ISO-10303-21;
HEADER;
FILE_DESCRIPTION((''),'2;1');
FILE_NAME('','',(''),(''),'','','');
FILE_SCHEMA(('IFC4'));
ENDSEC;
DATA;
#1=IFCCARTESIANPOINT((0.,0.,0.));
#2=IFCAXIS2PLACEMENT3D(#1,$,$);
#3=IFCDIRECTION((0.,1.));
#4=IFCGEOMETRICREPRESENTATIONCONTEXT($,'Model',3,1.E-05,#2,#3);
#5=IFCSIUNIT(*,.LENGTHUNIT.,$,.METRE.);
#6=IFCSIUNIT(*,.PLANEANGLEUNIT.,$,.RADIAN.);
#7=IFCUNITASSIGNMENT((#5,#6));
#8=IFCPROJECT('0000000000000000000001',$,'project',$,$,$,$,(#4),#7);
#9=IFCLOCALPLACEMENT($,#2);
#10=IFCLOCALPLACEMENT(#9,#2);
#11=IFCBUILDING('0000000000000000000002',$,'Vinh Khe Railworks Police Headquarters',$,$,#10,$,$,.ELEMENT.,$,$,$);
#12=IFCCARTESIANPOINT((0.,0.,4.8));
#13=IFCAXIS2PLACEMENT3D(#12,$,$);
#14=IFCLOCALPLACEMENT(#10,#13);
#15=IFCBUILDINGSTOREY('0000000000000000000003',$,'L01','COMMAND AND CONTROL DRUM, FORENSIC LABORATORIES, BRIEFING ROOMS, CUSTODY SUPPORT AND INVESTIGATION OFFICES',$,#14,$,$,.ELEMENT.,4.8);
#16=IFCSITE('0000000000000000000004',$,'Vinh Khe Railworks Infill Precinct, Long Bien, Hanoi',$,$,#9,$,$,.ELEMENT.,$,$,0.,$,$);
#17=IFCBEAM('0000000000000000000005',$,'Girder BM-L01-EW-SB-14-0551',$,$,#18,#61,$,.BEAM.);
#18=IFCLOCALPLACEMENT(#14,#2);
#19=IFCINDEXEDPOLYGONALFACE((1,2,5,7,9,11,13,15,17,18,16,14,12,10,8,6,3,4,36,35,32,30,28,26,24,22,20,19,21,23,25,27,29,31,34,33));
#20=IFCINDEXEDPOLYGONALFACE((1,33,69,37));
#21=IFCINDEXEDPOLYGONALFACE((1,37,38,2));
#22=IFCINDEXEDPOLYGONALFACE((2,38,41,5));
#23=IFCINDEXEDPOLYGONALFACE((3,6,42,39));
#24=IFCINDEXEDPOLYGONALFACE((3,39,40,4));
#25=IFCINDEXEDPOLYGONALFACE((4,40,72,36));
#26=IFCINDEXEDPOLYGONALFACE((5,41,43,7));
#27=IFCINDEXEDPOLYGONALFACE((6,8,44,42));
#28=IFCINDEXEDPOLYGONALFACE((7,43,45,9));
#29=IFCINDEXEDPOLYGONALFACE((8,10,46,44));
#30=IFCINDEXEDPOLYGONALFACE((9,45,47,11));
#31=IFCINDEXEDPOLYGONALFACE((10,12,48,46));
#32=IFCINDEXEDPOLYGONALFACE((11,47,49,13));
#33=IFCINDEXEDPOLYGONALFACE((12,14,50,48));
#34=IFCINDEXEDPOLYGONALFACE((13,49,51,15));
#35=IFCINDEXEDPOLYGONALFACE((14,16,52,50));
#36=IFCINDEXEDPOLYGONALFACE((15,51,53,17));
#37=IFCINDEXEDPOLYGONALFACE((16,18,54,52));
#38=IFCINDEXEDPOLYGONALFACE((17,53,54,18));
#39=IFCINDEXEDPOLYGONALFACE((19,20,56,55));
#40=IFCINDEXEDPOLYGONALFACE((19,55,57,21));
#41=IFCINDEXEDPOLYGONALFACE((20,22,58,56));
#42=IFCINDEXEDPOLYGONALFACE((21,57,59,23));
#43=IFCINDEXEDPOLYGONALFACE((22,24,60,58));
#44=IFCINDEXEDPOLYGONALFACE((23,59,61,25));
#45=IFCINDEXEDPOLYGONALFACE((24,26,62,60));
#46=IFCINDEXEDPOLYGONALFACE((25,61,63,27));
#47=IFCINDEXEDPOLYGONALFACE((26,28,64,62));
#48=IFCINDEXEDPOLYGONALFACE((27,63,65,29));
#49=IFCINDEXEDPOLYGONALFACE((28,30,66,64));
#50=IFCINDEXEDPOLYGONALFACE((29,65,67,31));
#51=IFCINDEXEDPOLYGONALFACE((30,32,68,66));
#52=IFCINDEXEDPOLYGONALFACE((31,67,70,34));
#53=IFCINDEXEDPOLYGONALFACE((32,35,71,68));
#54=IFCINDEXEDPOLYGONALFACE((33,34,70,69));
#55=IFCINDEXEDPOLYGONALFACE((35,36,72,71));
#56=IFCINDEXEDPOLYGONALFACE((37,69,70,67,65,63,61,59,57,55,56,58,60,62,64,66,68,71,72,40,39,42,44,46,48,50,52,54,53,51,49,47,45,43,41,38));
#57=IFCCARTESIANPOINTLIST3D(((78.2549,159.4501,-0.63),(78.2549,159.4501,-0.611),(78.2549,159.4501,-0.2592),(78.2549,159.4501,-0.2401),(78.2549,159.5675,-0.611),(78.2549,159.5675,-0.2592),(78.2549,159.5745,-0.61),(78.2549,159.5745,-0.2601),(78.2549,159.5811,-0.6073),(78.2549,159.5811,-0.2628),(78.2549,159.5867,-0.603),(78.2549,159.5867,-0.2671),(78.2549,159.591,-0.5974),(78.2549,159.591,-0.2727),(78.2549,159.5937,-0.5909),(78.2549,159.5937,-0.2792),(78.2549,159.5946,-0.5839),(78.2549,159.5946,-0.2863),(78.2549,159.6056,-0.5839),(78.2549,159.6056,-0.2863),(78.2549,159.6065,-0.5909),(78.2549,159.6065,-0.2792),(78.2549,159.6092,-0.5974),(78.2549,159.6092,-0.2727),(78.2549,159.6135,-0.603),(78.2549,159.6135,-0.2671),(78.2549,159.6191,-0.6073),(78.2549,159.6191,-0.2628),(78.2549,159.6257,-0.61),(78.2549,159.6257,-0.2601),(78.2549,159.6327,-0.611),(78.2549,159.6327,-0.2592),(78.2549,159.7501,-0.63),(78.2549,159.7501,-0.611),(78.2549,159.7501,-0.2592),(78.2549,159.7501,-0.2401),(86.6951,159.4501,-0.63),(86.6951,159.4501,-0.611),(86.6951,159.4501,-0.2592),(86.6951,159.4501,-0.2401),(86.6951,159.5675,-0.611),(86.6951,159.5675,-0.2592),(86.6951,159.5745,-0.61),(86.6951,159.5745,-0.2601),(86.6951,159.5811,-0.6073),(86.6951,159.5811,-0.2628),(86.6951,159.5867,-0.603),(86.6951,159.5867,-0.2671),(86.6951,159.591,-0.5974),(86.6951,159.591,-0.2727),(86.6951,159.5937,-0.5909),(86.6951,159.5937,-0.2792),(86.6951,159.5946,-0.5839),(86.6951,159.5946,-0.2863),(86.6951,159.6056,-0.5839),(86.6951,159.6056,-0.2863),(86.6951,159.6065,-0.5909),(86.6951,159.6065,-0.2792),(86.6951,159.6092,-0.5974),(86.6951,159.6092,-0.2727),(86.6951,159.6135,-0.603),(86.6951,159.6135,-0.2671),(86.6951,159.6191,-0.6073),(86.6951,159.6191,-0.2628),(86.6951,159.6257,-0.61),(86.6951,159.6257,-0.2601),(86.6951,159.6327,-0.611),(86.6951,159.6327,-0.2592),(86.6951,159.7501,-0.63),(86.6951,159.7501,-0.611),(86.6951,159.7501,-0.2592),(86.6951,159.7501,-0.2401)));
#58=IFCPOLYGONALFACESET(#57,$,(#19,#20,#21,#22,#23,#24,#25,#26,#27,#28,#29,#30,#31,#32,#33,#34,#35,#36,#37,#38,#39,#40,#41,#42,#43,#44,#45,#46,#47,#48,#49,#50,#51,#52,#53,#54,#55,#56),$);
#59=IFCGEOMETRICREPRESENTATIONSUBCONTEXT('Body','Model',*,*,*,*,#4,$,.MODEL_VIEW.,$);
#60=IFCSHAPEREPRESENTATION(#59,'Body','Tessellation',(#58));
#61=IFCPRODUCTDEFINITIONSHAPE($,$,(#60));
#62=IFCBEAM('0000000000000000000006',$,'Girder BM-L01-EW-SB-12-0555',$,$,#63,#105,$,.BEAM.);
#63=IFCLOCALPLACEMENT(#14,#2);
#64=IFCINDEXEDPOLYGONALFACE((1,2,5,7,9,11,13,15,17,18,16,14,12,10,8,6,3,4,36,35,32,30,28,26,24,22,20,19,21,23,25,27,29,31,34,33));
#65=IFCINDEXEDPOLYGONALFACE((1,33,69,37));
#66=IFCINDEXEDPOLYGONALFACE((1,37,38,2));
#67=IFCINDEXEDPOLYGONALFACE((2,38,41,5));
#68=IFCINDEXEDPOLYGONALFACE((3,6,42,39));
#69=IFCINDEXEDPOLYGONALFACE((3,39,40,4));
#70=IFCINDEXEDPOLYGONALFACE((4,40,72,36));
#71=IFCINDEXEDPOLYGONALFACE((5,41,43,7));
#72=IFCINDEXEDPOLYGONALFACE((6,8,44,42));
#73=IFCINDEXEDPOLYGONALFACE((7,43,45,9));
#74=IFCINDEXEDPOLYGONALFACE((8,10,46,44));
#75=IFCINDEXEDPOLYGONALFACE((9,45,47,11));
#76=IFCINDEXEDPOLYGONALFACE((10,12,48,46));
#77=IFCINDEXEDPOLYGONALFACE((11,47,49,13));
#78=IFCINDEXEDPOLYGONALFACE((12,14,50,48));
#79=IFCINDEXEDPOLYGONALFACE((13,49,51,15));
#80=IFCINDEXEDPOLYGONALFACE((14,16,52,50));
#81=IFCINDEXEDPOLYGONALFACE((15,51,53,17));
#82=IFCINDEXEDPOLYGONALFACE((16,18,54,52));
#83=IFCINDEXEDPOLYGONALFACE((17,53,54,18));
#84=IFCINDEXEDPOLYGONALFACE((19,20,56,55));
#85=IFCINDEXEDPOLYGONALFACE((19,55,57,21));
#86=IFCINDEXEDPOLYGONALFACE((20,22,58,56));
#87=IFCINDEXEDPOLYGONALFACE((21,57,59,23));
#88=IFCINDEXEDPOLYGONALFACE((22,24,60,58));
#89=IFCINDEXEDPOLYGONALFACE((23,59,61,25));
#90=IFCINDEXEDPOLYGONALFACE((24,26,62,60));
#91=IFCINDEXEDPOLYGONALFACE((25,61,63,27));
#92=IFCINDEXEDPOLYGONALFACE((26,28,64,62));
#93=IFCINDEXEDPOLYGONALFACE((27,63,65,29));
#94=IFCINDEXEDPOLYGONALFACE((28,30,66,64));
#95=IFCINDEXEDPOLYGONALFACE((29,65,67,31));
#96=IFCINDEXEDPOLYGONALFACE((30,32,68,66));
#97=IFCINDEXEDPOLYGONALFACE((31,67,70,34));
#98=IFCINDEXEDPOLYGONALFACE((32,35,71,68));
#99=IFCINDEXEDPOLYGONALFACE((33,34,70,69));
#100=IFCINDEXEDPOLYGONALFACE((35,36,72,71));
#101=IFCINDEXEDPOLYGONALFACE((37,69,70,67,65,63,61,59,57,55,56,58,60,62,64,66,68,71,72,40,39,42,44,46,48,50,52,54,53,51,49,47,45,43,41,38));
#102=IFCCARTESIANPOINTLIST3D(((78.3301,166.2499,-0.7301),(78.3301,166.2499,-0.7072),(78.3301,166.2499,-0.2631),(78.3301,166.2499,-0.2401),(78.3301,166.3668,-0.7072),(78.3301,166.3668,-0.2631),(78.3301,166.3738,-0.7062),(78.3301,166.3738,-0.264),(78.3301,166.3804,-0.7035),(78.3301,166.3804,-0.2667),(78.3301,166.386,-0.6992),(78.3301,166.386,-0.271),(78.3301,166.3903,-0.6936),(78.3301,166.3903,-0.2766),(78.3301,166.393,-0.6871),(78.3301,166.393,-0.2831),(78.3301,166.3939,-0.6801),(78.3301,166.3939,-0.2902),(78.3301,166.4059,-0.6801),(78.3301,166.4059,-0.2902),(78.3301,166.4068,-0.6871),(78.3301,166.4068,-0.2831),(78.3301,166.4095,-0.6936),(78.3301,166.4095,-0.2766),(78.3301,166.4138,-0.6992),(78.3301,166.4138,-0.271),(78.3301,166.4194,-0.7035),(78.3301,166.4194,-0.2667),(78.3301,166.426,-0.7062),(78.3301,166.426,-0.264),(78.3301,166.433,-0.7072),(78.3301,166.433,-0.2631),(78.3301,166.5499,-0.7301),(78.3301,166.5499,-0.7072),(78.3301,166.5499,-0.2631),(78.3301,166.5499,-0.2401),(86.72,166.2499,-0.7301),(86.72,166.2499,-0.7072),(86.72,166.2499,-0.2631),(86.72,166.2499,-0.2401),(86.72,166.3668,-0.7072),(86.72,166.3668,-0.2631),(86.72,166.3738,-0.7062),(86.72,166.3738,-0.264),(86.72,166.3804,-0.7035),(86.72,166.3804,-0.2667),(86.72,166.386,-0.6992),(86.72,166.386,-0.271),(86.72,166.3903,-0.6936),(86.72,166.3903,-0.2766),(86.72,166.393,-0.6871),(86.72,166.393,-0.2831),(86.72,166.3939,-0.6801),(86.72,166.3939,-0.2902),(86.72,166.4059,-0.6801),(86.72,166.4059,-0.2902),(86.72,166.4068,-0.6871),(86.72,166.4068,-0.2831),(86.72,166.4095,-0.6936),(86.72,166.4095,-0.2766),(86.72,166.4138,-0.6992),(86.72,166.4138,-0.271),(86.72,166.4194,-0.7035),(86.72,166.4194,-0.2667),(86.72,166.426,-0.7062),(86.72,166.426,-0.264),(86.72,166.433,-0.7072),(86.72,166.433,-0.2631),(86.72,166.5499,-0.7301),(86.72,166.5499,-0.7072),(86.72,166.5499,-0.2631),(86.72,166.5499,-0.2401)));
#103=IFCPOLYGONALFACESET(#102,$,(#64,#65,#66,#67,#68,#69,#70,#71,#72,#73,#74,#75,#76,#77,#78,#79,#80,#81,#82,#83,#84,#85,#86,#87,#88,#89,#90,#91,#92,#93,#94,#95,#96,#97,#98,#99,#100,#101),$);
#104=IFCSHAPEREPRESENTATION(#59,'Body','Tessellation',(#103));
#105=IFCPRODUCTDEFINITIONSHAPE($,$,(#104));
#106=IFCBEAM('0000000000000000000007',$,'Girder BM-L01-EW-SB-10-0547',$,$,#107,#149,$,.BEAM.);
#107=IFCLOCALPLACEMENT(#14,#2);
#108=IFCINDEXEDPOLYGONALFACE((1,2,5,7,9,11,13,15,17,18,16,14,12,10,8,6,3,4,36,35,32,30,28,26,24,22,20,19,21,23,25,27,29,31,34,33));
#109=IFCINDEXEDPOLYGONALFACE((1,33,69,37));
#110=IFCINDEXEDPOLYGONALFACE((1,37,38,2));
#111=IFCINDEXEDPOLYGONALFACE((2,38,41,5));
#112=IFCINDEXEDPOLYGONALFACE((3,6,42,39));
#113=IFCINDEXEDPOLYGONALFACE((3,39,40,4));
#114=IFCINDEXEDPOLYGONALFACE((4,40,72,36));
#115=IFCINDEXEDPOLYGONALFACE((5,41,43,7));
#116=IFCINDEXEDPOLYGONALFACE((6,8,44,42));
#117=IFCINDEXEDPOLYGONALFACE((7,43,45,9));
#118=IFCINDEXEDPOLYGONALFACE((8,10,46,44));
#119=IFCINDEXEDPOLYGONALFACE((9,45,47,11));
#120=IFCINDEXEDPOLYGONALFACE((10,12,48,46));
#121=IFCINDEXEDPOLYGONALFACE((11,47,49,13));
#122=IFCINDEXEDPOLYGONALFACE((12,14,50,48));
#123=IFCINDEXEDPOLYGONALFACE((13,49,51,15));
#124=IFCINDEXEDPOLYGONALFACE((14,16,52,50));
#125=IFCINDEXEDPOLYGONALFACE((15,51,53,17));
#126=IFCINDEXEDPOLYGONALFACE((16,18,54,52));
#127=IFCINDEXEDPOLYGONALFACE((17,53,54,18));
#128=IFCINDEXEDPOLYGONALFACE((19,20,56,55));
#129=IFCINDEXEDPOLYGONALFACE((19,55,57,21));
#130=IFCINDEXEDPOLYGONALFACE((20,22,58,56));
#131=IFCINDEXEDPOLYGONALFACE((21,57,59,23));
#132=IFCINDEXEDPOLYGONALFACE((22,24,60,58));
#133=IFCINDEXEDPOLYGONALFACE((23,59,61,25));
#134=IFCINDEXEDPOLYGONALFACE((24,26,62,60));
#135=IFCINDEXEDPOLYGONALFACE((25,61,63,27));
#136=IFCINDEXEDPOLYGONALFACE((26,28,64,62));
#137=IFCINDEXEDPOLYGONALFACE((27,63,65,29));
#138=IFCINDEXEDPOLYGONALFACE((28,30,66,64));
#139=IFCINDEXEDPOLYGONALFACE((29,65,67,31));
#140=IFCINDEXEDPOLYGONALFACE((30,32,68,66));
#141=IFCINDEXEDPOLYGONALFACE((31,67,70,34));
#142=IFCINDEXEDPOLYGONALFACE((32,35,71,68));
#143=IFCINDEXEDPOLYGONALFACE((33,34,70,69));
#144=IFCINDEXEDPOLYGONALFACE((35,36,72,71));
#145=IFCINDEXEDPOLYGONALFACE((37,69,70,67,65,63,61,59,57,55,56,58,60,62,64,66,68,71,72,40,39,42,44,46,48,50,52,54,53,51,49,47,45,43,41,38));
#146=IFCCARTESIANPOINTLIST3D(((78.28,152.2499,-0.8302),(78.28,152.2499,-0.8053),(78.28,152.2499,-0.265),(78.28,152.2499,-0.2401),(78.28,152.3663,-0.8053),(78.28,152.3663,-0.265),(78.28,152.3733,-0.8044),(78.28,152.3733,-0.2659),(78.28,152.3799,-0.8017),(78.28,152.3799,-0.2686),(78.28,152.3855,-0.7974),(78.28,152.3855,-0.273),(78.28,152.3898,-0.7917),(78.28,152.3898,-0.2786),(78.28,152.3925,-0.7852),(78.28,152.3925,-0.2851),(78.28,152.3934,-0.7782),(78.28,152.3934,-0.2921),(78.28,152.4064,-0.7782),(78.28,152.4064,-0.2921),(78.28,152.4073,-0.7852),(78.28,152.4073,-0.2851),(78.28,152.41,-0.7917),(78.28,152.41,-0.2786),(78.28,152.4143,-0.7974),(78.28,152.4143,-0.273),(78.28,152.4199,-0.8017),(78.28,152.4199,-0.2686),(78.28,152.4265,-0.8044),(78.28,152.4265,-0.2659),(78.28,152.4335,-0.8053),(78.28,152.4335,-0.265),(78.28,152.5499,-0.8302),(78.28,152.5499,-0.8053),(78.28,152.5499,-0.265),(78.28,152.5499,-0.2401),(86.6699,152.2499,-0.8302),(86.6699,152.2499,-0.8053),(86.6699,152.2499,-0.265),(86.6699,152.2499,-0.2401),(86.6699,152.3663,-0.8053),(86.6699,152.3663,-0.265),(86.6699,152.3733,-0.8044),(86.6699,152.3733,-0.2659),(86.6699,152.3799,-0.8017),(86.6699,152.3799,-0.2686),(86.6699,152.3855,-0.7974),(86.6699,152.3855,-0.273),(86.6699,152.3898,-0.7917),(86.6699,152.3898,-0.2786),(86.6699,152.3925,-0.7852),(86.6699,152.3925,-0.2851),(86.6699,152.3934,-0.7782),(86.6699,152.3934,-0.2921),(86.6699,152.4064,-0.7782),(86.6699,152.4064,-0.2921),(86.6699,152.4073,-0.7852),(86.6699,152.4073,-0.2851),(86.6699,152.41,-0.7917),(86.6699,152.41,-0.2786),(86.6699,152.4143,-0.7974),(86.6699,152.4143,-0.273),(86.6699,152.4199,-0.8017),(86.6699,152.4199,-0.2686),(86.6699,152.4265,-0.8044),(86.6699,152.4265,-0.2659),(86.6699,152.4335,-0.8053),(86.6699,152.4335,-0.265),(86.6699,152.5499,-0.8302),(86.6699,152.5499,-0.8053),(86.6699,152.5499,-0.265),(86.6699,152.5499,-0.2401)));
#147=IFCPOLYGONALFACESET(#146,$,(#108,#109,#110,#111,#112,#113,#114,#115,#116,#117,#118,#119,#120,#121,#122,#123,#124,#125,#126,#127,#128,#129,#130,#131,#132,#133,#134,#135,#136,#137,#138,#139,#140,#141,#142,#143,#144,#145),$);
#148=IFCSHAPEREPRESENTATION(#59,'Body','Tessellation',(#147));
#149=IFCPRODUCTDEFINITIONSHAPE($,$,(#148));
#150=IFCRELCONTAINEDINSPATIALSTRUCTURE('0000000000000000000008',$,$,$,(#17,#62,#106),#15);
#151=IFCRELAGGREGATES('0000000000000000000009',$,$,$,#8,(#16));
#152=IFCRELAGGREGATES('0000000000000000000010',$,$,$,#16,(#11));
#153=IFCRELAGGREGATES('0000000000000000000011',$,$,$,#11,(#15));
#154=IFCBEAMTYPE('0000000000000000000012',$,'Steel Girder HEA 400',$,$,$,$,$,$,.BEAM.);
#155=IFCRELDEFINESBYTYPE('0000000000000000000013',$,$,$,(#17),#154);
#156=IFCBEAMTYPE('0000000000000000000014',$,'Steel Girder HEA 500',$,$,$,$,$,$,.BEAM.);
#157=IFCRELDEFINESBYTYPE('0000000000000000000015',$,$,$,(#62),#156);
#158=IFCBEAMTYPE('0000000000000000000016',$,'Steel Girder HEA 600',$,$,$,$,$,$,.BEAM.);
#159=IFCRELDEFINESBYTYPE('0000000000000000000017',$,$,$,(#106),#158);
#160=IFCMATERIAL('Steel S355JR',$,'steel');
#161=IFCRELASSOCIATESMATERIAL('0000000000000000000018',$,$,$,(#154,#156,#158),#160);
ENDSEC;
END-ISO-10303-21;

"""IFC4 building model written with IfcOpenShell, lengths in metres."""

from ifc_helpers import new_model, si_unit, direction, frame, origin, origin_2d, place, context, subcontext, project, spatial, i_section, extrude, material, material_profile, profile_set, type_object, element, save


model = new_model("IFC4")

# Units and contexts
model_context = context("Model", 3, precision=1e-05, world=origin(), true_north=direction((0.0, 1.0)))
body_context = subcontext(model_context, "Body", "Model", "MODEL_VIEW")
ifc_project = project(units=[si_unit("LENGTHUNIT", "METRE"), si_unit("PLANEANGLEUNIT", "RADIAN")], contexts=[model_context])

# Site, building, storey
site_placement = place(None, origin())
site = spatial("IfcSite", under=ifc_project, at=site_placement, Name="Vinh Khe Railworks Infill Precinct, Long Bien, Hanoi", CompositionType="ELEMENT", RefElevation=0.0)
building_placement = place(site_placement, origin())
building = spatial("IfcBuilding", under=site, at=building_placement, Name="Vinh Khe Railworks Police Headquarters", CompositionType="ELEMENT")
storey_placement = place(building_placement, frame((0.0, 0.0, 4.8)))
storey = spatial("IfcBuildingStorey", under=building, at=storey_placement, Name="L01", Description="COMMAND AND CONTROL DRUM, FORENSIC LABORATORIES, BRIEFING ROOMS, CUSTODY SUPPORT AND INVESTIGATION OFFICES", CompositionType="ELEMENT", Elevation=4.8)

# Shared definitions
ifc_material_1 = material(Name="Steel S355JR", Category="steel")

# Beams
ifc_material_profile_1 = material_profile(ifc_material_1, i_section(OverallWidth=0.3, OverallDepth=0.3899, WebThickness=0.011, FlangeThickness=0.019, FilletRadius=0.0271, at=origin_2d()), Name="HEA 400")
ifc_profile_set_1 = profile_set([ifc_material_profile_1], Name="Steel S355JR")
beam_type_1 = type_object("IfcBeamType", Name="Steel Girder HEA 400", PredefinedType="BEAM", material=ifc_profile_set_1)
beam_1_placement = place(storey_placement, frame((78.2549, 159.6001, -0.4351), z_axis=(1.0, 0.0, 0.0), x_axis=(0.0, 1.0, 0.0)))
element("IfcBeam", 1, at=beam_1_placement, inside=storey, type_object=beam_type_1, Name="Girder BM-L01-EW-SB-14-0551", PredefinedType="BEAM", context=body_context, shape_type="SweptSolid", body=[
    extrude(i_section(OverallWidth=0.3, OverallDepth=0.3899, WebThickness=0.011, FlangeThickness=0.019, FilletRadius=0.0271, at=origin_2d()), origin(), (0.0, 0.0, 1.0), 8.4402),
])
ifc_material_profile_2 = material_profile(ifc_material_1, i_section(OverallWidth=0.3, OverallDepth=0.49, WebThickness=0.012, FlangeThickness=0.0229, FilletRadius=0.0271, at=origin_2d()), Name="HEA 500")
ifc_profile_set_2 = profile_set([ifc_material_profile_2], Name="Steel S355JR")
beam_type_2 = type_object("IfcBeamType", Name="Steel Girder HEA 500", PredefinedType="BEAM", material=ifc_profile_set_2)
beam_2_placement = place(storey_placement, frame((78.3301, 166.3999, -0.4851), z_axis=(1.0, 0.0, 0.0), x_axis=(0.0, 1.0, 0.0)))
element("IfcBeam", 2, at=beam_2_placement, inside=storey, type_object=beam_type_2, Name="Girder BM-L01-EW-SB-12-0555", PredefinedType="BEAM", context=body_context, shape_type="SweptSolid", body=[
    extrude(i_section(OverallWidth=0.3, OverallDepth=0.49, WebThickness=0.012, FlangeThickness=0.0229, FilletRadius=0.0271, at=origin_2d()), origin(), (0.0, 0.0, 1.0), 8.3899),
])
ifc_material_profile_3 = material_profile(ifc_material_1, i_section(OverallWidth=0.3, OverallDepth=0.5901, WebThickness=0.0129, FlangeThickness=0.0249, FilletRadius=0.0271, at=origin_2d()), Name="HEA 600")
ifc_profile_set_3 = profile_set([ifc_material_profile_3], Name="Steel S355JR")
beam_type_3 = type_object("IfcBeamType", Name="Steel Girder HEA 600", PredefinedType="BEAM", material=ifc_profile_set_3)
beam_3_placement = place(storey_placement, frame((78.28, 152.3999, -0.5352), z_axis=(1.0, 0.0, 0.0), x_axis=(0.0, 1.0, 0.0)))
element("IfcBeam", 3, at=beam_3_placement, inside=storey, type_object=beam_type_3, Name="Girder BM-L01-EW-SB-10-0547", PredefinedType="BEAM", context=body_context, shape_type="SweptSolid", body=[
    extrude(i_section(OverallWidth=0.3, OverallDepth=0.5901, WebThickness=0.0129, FlangeThickness=0.0249, FilletRadius=0.0271, at=origin_2d()), origin(), (0.0, 0.0, 1.0), 8.3899),
])

save(model, "model.ifc")
